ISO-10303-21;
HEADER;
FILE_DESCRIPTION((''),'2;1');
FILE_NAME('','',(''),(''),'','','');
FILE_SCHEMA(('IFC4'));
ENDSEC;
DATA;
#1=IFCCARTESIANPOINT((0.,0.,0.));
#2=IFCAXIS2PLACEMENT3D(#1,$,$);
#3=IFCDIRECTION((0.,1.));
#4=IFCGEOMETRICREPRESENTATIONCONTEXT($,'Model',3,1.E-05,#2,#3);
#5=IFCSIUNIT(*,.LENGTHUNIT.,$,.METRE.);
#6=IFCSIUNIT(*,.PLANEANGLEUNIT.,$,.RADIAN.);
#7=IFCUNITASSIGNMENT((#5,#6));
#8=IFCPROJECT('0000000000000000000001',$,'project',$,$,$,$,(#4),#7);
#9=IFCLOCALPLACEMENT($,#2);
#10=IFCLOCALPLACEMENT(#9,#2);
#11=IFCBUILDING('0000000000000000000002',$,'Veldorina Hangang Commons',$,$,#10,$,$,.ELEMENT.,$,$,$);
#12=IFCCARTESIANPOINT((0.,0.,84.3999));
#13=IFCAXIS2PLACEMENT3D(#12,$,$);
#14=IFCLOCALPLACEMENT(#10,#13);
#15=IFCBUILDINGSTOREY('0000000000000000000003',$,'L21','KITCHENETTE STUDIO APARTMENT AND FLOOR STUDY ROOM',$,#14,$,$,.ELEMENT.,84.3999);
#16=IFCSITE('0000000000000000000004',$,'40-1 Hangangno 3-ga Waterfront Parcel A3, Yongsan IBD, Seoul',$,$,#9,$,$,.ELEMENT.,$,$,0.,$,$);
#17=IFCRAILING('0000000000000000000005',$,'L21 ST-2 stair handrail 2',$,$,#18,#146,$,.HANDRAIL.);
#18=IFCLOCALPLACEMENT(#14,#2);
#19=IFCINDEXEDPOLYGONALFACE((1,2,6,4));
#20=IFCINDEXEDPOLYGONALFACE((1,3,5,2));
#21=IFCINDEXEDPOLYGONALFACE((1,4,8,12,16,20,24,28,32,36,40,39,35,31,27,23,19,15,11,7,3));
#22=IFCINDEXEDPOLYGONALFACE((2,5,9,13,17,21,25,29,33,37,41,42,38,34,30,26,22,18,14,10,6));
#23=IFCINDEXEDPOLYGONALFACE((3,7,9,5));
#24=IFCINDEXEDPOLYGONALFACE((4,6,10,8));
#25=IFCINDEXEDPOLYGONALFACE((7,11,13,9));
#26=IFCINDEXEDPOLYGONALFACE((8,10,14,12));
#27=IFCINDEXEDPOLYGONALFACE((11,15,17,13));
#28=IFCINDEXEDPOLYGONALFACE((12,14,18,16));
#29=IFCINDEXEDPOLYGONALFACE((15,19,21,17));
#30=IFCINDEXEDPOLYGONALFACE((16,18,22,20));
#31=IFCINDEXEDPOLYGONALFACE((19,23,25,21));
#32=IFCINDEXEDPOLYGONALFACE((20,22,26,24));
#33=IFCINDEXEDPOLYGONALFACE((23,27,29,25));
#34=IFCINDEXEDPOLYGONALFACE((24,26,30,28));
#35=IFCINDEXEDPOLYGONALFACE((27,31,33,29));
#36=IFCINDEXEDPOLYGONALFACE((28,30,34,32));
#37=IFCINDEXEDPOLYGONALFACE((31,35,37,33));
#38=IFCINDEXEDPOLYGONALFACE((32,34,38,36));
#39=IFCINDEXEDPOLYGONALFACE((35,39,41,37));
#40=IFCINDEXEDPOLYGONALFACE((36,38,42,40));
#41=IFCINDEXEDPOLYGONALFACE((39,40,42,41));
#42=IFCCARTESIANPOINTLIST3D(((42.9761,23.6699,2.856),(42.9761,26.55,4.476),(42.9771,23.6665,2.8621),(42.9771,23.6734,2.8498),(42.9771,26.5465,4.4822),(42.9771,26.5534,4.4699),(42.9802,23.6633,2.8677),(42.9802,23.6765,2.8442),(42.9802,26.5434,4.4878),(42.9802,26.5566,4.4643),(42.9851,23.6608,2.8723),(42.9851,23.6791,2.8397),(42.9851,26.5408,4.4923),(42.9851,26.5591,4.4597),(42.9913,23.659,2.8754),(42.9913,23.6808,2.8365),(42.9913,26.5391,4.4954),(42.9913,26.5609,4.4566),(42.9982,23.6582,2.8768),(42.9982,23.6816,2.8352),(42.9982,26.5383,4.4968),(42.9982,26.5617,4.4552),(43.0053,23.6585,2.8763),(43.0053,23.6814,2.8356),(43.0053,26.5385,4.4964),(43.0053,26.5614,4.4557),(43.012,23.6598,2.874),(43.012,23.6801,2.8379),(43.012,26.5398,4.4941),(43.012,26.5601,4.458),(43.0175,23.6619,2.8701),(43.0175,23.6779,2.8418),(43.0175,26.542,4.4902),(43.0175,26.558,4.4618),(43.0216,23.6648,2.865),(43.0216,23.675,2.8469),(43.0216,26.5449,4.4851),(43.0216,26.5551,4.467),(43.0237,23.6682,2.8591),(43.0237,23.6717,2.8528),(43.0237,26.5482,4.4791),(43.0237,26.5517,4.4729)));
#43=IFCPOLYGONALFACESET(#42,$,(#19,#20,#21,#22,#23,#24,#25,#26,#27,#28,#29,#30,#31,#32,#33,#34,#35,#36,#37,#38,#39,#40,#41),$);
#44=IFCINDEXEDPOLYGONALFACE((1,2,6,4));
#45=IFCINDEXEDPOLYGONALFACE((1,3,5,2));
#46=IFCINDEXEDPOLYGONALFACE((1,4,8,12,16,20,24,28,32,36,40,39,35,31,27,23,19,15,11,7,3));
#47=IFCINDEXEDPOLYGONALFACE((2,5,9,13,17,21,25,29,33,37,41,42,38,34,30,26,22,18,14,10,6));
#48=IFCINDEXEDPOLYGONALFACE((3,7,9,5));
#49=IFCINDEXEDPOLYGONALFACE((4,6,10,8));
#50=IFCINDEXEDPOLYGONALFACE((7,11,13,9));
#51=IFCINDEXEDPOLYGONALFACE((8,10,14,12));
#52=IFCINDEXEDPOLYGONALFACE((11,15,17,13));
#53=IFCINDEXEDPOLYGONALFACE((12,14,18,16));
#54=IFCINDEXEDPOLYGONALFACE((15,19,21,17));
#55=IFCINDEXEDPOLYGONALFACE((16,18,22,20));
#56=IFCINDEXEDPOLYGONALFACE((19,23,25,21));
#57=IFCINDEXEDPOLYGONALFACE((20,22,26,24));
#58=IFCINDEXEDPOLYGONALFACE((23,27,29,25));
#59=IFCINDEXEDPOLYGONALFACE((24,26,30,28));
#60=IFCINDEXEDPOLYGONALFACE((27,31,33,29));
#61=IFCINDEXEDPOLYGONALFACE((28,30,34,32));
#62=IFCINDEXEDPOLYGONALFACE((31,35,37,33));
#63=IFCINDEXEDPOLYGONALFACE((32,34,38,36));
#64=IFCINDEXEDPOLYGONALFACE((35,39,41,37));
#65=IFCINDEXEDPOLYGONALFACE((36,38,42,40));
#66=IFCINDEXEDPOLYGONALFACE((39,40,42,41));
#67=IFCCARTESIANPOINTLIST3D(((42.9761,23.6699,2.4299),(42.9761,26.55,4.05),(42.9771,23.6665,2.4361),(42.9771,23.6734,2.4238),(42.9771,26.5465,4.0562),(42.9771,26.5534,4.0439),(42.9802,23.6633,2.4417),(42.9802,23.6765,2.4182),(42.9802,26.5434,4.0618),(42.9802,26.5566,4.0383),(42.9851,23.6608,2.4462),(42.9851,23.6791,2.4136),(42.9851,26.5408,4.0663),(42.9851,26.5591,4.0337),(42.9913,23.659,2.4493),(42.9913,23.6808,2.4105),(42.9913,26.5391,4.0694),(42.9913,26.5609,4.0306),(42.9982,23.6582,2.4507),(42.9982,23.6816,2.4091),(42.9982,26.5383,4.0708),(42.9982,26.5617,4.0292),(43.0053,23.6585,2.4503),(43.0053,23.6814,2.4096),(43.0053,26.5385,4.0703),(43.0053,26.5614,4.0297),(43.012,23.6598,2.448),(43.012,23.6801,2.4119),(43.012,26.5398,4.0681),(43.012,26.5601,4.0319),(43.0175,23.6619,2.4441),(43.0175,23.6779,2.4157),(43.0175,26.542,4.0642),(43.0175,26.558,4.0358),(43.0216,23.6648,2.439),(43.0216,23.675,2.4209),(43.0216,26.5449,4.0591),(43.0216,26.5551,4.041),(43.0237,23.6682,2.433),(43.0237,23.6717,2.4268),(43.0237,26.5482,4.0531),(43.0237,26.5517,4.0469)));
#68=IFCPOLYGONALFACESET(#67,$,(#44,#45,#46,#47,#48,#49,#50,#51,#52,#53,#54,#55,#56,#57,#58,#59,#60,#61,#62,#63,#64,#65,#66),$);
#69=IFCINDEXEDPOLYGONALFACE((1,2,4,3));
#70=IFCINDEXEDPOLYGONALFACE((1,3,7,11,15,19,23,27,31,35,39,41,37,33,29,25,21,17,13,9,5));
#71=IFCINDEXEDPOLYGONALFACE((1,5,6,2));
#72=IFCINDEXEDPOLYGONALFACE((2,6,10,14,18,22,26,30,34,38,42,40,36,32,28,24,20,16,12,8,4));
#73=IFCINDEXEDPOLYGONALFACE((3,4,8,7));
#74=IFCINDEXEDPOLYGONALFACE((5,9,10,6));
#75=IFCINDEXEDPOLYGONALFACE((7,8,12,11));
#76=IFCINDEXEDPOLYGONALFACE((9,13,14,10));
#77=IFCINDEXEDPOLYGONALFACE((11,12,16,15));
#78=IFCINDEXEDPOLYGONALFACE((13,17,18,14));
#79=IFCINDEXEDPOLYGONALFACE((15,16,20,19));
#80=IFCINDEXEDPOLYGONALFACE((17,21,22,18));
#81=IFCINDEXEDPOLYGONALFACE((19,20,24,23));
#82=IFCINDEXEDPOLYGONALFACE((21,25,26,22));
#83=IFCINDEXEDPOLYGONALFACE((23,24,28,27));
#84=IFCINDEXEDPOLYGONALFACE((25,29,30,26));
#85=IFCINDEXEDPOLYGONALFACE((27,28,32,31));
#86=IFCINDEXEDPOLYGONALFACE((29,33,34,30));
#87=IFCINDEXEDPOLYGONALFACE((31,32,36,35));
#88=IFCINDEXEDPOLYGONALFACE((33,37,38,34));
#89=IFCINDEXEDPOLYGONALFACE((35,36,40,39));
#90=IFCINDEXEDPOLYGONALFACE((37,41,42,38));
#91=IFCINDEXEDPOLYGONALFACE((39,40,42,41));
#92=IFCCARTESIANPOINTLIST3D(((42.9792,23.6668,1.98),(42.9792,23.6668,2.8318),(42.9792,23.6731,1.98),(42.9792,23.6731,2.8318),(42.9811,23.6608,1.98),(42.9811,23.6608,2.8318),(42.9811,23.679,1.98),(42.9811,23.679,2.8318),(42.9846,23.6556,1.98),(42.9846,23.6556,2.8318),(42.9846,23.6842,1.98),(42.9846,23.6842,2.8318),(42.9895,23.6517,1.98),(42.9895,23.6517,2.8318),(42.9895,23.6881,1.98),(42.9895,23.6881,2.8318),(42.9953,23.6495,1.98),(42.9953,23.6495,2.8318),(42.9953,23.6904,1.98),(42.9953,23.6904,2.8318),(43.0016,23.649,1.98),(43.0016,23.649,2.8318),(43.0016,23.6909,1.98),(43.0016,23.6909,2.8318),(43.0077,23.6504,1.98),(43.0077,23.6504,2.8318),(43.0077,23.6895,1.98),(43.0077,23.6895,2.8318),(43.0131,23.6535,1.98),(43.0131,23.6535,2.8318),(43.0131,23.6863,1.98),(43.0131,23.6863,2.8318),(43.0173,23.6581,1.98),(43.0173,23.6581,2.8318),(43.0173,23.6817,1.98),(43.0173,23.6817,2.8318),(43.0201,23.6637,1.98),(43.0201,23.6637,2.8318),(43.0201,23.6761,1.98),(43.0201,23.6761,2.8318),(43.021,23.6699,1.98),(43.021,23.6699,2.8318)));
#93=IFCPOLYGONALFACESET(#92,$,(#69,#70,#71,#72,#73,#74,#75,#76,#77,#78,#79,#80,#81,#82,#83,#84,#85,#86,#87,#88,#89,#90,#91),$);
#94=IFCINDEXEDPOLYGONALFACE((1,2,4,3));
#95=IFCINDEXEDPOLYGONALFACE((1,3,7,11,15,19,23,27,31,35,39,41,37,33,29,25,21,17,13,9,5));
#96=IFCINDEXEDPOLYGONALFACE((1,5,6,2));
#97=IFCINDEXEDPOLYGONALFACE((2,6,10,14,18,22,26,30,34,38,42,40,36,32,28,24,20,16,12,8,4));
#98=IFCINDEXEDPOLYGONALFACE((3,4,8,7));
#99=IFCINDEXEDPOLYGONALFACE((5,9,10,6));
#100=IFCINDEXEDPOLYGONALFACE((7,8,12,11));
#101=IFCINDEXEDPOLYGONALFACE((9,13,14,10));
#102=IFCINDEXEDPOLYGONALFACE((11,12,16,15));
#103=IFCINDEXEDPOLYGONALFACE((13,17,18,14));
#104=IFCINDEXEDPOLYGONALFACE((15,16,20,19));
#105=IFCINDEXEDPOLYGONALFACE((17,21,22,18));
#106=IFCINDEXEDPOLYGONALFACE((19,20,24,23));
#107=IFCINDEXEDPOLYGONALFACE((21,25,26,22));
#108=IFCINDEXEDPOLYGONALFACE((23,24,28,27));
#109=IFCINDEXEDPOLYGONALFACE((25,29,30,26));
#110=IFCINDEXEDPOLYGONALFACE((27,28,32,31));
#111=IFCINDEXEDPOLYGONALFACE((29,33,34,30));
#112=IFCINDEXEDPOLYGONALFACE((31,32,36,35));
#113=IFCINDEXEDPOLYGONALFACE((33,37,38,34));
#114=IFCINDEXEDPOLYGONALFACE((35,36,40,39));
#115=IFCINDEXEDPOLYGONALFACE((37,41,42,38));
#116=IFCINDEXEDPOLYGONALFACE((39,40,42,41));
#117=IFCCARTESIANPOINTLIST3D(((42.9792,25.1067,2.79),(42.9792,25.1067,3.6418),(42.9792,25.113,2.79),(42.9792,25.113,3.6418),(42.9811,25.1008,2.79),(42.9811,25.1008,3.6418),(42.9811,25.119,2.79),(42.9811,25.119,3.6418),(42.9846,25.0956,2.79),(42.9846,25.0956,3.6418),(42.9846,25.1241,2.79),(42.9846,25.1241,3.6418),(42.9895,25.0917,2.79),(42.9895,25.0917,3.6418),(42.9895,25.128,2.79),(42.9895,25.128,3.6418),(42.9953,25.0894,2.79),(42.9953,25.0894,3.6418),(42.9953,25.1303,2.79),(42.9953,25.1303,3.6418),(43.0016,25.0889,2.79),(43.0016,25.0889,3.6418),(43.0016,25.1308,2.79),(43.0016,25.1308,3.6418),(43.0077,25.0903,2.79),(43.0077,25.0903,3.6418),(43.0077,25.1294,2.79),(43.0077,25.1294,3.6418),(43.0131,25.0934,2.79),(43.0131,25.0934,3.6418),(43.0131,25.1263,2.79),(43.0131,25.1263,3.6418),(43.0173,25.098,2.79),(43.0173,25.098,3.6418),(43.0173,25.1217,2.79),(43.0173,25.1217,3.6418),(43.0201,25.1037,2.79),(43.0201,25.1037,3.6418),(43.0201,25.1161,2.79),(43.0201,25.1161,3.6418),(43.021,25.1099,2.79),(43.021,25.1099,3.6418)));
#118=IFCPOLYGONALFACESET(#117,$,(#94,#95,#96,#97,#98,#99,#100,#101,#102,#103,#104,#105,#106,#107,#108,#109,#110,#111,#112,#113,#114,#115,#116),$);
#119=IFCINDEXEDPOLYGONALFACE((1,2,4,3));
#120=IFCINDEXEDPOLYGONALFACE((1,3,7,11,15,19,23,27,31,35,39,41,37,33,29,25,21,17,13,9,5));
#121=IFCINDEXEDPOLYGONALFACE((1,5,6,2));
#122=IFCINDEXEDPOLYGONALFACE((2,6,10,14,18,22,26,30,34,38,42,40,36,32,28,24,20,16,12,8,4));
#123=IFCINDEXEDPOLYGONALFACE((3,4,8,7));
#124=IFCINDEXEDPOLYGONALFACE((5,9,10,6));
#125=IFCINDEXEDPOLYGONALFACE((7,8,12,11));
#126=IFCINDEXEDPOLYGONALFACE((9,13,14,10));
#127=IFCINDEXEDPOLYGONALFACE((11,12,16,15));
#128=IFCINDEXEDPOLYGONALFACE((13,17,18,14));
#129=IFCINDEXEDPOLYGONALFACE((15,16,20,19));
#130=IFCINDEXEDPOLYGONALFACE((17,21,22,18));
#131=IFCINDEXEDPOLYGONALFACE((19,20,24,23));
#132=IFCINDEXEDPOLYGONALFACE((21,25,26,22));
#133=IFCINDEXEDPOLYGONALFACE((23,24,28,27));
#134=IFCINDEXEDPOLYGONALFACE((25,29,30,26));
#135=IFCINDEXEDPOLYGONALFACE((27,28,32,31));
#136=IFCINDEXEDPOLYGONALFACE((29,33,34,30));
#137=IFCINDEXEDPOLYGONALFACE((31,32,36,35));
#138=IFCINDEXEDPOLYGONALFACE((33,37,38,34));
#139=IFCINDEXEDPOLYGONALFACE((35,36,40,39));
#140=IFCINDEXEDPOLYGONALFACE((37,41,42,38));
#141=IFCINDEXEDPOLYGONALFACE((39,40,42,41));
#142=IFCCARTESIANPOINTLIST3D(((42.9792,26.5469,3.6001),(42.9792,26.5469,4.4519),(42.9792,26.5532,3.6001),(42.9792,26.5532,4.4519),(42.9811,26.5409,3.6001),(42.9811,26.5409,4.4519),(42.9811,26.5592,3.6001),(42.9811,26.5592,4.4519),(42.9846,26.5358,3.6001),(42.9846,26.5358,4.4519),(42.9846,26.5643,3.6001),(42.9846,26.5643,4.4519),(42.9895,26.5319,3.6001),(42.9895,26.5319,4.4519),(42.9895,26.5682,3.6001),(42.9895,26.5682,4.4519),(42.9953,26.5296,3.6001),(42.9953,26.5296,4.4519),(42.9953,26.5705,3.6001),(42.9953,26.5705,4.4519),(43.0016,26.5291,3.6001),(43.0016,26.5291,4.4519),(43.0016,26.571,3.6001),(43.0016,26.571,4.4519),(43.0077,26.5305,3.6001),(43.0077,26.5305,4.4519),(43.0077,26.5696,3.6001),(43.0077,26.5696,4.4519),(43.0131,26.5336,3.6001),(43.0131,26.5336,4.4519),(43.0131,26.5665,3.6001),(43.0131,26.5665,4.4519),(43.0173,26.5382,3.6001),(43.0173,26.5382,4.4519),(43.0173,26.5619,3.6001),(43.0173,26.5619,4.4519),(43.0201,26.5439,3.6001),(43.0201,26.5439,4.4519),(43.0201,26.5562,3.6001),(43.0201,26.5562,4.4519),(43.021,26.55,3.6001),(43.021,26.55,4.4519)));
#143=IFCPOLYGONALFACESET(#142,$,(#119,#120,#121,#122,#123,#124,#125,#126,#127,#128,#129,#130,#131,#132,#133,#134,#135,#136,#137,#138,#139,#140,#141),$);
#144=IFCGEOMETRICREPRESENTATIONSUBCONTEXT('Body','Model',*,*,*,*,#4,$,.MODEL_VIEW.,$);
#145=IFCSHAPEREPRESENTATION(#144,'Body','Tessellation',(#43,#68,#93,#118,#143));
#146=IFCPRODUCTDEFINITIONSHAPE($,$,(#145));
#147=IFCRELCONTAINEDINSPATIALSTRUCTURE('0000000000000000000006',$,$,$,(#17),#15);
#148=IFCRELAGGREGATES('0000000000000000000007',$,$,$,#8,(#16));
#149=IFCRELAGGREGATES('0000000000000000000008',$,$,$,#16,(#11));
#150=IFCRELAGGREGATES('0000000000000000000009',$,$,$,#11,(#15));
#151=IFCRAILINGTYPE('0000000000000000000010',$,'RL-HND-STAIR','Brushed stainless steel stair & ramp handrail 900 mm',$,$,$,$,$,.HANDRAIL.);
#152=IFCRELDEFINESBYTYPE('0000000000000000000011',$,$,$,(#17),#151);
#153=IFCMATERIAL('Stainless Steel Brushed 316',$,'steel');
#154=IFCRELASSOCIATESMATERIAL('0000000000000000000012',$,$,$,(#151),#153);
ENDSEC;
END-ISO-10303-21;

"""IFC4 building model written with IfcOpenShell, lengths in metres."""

from ifc_helpers import new_model, si_unit, direction, frame, origin, origin_2d, place, context, subcontext, project, spatial, circle, extrude, material, type_object, element, save


model = new_model("IFC4")

# Units and contexts
model_context = context("Model", 3, precision=1e-05, world=origin(), true_north=direction((0.0, 1.0)))
body_context = subcontext(model_context, "Body", "Model", "MODEL_VIEW")
ifc_project = project(units=[si_unit("LENGTHUNIT", "METRE"), si_unit("PLANEANGLEUNIT", "RADIAN")], contexts=[model_context])

# Site, building, storey
site_placement = place(None, origin())
site = spatial("IfcSite", under=ifc_project, at=site_placement, Name="40-1 Hangangno 3-ga Waterfront Parcel A3, Yongsan IBD, Seoul", CompositionType="ELEMENT", RefElevation=0.0)
building_placement = place(site_placement, origin())
building = spatial("IfcBuilding", under=site, at=building_placement, Name="Veldorina Hangang Commons", CompositionType="ELEMENT")
storey_placement = place(building_placement, frame((0.0, 0.0, 84.3999)))
storey = spatial("IfcBuildingStorey", under=building, at=storey_placement, Name="L21", Description="KITCHENETTE STUDIO APARTMENT AND FLOOR STUDY ROOM", CompositionType="ELEMENT", Elevation=84.3999)

# Railing
ifc_material_1 = material(Name="Stainless Steel Brushed 316", Category="steel")
railing_type_1 = type_object("IfcRailingType", Name="RL-HND-STAIR", Description="Brushed stainless steel stair & ramp handrail 900 mm", PredefinedType="HANDRAIL", material=ifc_material_1)
railing_1_placement = place(storey_placement, frame((43.0, 23.6699, 1.98)))
element("IfcRailing", 1, at=railing_1_placement, inside=storey, type_object=railing_type_1, Name="L21 ST-2 stair handrail 2", PredefinedType="HANDRAIL", context=body_context, shape_type="SweptSolid", body=[
    extrude(circle(Radius=0.0239, at=origin_2d()), frame((0.0, 0.0, 0.876), z_axis=(0.0, 0.87157, 0.490272), x_axis=(-1.0, 0.0, 0.0)), (0.0, 0.0, 1.0), 3.3044),
    extrude(circle(Radius=0.0239, at=origin_2d()), frame((0.0, 0.0, 0.45), z_axis=(0.0, 0.87157, 0.490272), x_axis=(-1.0, 0.0, 0.0)), (0.0, 0.0, 1.0), 3.3044),
    extrude(circle(Radius=0.021, at=origin_2d()), origin(), (0.0, 0.0, 1.0), 0.8518),
    extrude(circle(Radius=0.021, at=origin_2d()), frame((0.0, 1.4399, 0.8101)), (0.0, 0.0, 1.0), 0.8518),
    extrude(circle(Radius=0.021, at=origin_2d()), frame((0.0, 2.8801, 1.6201)), (0.0, 0.0, 1.0), 0.8518),
])

save(model, "model.ifc")
